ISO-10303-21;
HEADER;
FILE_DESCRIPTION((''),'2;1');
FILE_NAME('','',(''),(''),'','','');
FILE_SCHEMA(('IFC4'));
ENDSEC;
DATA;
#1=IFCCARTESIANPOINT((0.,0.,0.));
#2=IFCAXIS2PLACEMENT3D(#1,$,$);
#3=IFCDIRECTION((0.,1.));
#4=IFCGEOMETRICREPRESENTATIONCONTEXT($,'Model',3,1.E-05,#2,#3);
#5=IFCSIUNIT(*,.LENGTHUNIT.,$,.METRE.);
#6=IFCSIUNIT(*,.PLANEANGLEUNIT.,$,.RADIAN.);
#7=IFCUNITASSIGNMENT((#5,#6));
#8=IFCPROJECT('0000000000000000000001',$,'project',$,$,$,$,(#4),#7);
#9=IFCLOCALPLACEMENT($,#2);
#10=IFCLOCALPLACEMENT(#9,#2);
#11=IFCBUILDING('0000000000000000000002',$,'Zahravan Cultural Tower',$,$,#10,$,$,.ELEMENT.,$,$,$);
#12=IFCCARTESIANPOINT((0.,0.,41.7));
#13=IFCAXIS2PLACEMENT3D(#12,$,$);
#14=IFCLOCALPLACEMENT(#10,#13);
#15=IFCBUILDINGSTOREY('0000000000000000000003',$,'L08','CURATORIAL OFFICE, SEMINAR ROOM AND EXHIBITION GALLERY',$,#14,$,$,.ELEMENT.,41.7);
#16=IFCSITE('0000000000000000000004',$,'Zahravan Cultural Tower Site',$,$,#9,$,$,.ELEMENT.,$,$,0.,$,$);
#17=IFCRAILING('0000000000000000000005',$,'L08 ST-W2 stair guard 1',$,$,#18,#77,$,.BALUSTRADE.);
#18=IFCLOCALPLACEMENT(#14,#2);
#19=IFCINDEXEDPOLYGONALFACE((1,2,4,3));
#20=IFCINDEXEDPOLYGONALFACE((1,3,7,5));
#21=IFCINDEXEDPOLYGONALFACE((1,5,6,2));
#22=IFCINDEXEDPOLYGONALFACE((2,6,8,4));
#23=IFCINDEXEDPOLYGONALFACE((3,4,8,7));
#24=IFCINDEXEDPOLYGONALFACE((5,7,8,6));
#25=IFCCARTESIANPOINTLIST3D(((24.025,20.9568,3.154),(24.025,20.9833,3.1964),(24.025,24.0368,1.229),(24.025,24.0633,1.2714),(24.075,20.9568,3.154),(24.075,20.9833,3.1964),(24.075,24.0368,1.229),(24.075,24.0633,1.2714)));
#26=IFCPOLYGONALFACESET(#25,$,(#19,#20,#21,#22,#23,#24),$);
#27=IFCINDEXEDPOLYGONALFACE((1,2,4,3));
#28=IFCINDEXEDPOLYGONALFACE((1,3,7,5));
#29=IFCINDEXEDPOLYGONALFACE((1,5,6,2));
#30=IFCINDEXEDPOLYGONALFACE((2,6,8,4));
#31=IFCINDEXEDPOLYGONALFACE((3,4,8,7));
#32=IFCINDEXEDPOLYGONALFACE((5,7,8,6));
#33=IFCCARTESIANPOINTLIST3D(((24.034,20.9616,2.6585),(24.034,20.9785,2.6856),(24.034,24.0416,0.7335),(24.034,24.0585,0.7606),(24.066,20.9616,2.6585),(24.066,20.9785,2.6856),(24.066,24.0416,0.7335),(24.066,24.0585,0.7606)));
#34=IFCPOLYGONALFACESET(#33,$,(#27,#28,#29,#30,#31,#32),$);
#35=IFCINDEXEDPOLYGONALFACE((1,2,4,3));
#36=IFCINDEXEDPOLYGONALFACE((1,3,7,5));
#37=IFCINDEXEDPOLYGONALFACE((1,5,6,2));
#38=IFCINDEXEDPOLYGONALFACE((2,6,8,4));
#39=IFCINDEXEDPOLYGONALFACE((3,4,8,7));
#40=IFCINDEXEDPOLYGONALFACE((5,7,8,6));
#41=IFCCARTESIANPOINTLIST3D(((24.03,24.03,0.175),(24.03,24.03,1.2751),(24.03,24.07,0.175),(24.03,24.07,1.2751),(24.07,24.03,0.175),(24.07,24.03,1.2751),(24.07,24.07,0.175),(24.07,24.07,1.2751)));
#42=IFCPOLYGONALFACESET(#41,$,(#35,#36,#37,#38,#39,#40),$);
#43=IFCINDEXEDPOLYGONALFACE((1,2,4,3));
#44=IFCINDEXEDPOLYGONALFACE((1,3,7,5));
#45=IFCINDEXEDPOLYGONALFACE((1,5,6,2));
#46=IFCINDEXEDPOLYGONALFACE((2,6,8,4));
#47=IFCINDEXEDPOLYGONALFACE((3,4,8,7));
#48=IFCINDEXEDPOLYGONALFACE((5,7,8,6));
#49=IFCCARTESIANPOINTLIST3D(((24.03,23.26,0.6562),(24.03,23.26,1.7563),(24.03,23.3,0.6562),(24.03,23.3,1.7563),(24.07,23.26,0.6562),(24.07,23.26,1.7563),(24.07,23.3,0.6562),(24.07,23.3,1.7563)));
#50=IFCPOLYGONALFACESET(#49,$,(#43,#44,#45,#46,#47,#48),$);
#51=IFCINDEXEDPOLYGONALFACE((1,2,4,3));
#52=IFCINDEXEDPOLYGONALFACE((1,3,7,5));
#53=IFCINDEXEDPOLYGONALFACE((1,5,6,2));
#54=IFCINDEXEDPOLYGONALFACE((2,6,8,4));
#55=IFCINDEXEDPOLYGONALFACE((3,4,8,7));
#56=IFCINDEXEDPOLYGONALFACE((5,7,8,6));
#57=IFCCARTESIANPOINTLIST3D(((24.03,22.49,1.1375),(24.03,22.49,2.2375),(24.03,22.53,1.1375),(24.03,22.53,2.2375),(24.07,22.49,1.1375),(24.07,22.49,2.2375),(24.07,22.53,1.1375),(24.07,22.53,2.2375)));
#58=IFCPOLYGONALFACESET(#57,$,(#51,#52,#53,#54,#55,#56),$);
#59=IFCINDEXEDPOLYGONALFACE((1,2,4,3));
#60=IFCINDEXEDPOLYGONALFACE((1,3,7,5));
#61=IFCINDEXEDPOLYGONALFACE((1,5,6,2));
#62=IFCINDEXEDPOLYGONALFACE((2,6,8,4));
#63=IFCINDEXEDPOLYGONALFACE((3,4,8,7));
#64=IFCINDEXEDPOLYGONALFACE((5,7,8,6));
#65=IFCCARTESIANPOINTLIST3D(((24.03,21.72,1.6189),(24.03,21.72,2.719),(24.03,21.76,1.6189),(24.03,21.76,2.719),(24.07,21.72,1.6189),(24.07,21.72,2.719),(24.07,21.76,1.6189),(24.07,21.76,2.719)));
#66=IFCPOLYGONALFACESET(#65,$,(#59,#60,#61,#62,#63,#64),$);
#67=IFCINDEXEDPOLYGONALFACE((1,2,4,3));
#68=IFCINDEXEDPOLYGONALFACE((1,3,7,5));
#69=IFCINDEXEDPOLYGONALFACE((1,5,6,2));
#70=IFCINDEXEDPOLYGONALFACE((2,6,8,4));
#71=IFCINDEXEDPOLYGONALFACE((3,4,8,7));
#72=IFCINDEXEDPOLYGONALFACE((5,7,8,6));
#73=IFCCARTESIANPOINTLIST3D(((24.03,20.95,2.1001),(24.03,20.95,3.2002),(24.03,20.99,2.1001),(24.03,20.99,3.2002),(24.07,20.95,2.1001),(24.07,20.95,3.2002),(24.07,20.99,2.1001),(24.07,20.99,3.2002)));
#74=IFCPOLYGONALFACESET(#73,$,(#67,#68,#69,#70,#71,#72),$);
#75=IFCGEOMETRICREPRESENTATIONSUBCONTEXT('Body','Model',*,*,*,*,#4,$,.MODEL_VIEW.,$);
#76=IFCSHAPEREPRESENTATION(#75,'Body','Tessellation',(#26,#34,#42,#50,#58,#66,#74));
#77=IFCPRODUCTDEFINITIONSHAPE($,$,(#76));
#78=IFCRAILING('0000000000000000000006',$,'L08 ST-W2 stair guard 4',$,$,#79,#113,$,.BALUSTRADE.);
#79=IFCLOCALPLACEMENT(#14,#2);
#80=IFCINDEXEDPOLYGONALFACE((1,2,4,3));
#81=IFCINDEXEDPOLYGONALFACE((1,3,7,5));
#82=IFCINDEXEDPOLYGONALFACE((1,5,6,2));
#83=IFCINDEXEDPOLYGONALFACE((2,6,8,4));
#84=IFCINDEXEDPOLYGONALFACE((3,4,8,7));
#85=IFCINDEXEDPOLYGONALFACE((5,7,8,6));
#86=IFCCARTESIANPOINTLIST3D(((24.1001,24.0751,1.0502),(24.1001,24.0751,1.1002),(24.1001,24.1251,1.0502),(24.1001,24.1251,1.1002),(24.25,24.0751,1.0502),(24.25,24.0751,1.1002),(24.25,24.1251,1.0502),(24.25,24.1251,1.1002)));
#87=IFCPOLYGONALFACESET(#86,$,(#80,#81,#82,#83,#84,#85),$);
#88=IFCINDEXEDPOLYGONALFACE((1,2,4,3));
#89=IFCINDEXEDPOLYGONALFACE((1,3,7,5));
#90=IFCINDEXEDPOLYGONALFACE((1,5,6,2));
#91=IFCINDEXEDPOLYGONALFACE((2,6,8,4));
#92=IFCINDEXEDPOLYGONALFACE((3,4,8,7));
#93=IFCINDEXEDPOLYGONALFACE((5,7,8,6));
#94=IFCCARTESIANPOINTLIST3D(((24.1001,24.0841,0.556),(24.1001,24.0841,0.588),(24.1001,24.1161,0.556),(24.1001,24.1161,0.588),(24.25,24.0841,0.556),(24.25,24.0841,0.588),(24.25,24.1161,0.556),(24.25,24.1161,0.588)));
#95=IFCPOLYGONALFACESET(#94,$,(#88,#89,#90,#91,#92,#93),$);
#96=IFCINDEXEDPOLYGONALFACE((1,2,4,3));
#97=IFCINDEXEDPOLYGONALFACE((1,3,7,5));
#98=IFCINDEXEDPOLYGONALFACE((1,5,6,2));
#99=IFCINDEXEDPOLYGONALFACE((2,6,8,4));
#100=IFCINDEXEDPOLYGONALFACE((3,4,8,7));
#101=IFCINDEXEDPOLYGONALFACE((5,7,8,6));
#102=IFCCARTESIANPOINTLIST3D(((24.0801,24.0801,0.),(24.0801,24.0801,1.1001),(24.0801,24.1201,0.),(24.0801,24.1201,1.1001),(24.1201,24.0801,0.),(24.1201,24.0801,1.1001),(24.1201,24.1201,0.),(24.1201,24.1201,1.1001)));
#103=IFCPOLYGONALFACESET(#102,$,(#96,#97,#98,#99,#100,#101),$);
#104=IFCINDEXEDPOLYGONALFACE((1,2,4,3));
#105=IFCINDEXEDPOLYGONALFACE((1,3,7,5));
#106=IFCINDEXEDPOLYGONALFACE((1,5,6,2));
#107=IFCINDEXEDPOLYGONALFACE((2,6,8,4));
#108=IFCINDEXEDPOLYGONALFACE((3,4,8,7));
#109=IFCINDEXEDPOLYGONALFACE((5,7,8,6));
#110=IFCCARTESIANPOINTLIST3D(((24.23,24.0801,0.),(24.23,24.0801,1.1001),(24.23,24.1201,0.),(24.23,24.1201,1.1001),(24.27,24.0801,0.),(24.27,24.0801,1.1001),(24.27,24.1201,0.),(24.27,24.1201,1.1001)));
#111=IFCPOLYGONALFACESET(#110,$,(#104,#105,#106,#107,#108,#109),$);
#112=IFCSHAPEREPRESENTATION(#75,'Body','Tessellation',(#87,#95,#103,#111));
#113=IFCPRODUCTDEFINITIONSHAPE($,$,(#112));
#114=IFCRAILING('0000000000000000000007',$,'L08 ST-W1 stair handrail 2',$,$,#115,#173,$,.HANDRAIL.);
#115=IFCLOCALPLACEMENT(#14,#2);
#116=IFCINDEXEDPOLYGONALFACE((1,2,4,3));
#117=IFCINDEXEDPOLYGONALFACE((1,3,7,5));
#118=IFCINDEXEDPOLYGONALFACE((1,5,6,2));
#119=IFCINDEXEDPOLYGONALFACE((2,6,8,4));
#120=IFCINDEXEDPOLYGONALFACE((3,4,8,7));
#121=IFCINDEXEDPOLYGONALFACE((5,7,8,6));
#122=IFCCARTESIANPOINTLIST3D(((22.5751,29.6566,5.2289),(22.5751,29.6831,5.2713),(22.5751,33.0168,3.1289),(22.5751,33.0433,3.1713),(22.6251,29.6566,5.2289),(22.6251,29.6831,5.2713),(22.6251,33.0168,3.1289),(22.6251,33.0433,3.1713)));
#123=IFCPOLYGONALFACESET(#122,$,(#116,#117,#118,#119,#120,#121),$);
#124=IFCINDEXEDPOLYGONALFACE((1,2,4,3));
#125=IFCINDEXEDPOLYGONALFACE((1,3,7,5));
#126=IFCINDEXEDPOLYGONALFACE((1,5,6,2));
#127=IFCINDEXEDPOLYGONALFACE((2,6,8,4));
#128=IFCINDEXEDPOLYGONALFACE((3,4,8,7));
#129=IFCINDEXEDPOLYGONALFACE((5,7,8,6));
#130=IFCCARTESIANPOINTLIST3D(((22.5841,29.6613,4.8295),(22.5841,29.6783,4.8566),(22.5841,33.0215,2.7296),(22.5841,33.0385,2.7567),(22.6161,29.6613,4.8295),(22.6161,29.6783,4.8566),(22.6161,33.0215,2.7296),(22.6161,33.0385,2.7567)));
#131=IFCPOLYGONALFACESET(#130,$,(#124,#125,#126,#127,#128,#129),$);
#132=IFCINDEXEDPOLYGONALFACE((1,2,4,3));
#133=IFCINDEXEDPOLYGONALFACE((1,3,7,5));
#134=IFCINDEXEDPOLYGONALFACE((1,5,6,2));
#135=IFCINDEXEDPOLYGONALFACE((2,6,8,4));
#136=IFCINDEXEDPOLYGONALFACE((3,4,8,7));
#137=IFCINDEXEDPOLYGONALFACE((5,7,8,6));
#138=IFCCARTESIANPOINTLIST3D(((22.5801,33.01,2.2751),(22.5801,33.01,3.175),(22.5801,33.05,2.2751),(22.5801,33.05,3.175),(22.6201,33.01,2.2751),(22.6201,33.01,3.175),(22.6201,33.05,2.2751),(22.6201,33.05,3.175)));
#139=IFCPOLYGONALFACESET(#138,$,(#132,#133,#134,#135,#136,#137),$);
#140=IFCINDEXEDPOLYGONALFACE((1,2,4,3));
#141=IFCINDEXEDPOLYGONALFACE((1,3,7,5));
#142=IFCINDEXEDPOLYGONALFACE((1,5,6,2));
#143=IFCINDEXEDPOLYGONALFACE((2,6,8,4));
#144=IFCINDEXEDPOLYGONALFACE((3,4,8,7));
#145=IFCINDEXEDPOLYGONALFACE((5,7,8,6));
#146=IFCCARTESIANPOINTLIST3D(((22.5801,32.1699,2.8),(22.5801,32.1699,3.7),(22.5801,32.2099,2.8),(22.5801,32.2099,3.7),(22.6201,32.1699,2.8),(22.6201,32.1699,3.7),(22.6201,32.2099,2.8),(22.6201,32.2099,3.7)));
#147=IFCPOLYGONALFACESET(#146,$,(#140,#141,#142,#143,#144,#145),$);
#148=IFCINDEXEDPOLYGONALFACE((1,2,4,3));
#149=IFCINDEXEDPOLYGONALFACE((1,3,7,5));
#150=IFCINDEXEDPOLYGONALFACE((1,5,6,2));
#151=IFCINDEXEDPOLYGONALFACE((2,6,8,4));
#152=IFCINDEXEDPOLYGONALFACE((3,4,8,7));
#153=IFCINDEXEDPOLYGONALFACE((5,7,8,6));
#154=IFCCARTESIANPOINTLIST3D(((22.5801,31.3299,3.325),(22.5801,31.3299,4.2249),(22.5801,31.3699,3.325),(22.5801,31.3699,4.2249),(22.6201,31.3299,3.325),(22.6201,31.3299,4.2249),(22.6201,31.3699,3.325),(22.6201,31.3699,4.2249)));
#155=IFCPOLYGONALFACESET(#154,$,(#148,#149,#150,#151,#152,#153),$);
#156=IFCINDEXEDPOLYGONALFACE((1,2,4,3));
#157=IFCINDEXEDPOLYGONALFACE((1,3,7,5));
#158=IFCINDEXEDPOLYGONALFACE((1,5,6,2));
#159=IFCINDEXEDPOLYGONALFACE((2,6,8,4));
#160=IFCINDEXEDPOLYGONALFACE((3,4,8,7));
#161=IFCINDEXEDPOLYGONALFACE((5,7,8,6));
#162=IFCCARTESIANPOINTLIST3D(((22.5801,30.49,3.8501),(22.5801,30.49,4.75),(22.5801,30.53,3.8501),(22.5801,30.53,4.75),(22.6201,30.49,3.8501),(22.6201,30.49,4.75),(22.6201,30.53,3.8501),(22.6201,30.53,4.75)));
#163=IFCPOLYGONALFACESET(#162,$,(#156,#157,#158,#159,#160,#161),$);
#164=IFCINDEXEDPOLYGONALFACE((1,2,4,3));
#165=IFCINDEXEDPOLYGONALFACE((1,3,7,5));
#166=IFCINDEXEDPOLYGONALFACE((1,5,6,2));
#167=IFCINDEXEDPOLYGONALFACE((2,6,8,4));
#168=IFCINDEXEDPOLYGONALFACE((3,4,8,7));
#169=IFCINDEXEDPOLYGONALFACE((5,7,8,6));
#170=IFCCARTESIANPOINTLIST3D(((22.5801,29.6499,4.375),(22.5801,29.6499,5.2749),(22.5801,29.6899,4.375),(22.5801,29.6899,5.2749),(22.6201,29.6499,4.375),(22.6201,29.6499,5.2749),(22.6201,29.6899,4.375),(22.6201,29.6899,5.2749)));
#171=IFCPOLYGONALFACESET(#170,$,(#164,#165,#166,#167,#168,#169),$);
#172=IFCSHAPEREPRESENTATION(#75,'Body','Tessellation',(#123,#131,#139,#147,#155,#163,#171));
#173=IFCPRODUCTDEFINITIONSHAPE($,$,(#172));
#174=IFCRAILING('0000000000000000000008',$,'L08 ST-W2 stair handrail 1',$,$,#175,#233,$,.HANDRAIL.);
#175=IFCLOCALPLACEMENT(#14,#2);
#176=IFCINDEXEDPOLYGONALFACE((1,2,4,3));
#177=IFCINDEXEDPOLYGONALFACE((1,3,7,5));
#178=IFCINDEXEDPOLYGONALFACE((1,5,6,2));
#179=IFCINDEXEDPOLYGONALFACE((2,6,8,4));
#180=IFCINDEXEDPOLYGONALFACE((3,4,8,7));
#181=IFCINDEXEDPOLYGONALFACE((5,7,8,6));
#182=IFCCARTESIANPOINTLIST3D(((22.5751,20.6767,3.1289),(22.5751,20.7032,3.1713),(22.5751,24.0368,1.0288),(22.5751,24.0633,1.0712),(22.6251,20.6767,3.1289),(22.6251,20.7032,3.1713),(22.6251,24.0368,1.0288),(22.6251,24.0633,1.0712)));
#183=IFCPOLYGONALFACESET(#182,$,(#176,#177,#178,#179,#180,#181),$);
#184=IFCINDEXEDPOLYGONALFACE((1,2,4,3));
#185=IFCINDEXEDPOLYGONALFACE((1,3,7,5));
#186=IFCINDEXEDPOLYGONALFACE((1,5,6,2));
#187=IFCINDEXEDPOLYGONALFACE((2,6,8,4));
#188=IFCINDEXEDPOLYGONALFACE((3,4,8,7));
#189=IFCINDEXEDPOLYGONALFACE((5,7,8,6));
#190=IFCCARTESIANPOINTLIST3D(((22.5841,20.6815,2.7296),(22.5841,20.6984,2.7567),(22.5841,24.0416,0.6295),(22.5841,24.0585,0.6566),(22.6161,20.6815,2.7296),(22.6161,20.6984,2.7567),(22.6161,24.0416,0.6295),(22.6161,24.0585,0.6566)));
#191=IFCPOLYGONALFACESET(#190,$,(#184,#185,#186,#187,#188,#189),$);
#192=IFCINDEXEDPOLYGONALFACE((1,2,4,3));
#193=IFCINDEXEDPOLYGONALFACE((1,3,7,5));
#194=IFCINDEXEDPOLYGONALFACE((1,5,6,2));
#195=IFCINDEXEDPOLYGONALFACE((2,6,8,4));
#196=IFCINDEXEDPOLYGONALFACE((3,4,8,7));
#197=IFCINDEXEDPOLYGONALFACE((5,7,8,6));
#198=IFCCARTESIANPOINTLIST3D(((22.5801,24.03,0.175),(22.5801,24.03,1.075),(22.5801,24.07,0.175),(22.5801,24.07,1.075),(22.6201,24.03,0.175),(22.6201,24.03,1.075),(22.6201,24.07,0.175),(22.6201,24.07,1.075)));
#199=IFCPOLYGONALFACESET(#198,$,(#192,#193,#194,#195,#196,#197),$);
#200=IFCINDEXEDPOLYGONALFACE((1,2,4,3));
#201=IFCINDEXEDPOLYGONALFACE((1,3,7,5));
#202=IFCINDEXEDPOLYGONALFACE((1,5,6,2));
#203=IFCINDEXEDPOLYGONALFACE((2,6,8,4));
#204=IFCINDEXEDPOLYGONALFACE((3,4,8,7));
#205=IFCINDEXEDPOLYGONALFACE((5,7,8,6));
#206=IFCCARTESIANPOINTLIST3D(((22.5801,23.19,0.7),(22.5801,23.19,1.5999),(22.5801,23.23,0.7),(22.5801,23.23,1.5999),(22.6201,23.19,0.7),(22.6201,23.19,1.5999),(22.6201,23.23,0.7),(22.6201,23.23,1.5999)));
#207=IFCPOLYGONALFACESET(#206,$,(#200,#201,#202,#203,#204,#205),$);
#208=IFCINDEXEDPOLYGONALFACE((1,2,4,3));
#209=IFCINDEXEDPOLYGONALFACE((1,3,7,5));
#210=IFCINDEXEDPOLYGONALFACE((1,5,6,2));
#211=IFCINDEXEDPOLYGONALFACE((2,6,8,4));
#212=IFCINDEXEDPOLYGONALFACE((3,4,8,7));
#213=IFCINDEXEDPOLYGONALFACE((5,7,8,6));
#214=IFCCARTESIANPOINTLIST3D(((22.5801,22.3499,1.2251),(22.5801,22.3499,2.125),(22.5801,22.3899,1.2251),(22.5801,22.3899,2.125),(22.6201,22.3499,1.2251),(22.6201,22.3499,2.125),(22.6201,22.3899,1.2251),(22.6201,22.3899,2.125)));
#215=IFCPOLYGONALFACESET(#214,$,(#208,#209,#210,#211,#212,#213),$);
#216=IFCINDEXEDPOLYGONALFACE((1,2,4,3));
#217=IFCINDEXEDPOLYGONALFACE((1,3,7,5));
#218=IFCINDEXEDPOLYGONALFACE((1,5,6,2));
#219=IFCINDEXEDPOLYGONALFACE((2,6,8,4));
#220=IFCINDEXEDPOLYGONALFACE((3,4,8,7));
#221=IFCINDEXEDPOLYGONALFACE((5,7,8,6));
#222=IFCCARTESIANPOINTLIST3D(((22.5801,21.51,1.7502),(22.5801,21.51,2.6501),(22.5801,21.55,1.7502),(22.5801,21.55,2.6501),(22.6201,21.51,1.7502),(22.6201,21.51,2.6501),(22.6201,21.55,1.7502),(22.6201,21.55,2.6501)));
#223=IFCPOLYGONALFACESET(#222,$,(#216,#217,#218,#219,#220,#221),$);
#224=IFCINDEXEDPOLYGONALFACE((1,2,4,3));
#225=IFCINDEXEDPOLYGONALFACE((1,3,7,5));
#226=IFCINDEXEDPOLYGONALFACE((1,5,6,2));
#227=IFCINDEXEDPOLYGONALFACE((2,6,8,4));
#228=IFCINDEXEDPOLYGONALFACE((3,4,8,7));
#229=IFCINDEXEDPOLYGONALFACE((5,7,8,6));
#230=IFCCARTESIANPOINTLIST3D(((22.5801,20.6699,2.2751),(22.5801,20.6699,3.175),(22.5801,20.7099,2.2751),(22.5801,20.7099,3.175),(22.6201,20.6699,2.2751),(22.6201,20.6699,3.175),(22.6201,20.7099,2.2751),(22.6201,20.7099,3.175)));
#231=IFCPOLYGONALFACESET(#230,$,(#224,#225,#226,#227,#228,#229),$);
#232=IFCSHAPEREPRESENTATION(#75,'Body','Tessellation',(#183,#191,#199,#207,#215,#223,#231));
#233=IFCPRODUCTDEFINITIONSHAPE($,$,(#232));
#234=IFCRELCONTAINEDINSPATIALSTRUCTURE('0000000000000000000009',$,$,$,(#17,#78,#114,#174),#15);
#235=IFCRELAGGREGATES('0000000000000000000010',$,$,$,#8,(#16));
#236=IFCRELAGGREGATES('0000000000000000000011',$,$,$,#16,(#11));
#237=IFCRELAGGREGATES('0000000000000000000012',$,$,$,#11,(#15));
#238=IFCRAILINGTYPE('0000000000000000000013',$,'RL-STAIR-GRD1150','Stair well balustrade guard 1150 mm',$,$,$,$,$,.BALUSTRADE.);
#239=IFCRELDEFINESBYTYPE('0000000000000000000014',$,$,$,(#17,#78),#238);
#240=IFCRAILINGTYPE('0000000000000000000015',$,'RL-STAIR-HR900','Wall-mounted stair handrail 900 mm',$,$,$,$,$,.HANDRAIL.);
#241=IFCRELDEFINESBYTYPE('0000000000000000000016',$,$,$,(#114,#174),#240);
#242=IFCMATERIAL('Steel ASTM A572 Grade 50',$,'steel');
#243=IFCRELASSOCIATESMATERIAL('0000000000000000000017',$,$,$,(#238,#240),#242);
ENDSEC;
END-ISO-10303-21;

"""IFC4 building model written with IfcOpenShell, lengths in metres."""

from ifc_helpers import new_model, si_unit, direction, frame, origin, origin_2d, place, context, subcontext, project, spatial, rectangle, extrude, material, type_object, element, save


model = new_model("IFC4")

# Units and contexts
model_context = context("Model", 3, precision=1e-05, world=origin(), true_north=direction((0.0, 1.0)))
body_context = subcontext(model_context, "Body", "Model", "MODEL_VIEW")
ifc_project = project(units=[si_unit("LENGTHUNIT", "METRE"), si_unit("PLANEANGLEUNIT", "RADIAN")], contexts=[model_context])

# Site, building, storey
site_placement = place(None, origin())
site = spatial("IfcSite", under=ifc_project, at=site_placement, Name="Zahravan Cultural Tower Site", CompositionType="ELEMENT", RefElevation=0.0)
building_placement = place(site_placement, origin())
building = spatial("IfcBuilding", under=site, at=building_placement, Name="Zahravan Cultural Tower", CompositionType="ELEMENT")
storey_placement = place(building_placement, frame((0.0, 0.0, 41.7)))
storey = spatial("IfcBuildingStorey", under=building, at=storey_placement, Name="L08", Description="CURATORIAL OFFICE, SEMINAR ROOM AND EXHIBITION GALLERY", CompositionType="ELEMENT", Elevation=41.7)

# Shared definitions
ifc_material_1 = material(Name="Steel ASTM A572 Grade 50", Category="steel")

# Railings
railing_type_1 = type_object("IfcRailingType", Name="RL-STAIR-GRD1150", Description="Stair well balustrade guard 1150 mm", PredefinedType="BALUSTRADE", material=ifc_material_1)
railing_1_placement = place(storey_placement, frame((24.05, 24.05, 0.175)))
element("IfcRailing", 1, at=railing_1_placement, inside=storey, type_object=railing_type_1, Name="L08 ST-W2 stair guard 1", PredefinedType="BALUSTRADE", context=body_context, shape_type="SweptSolid", body=[
    extrude(rectangle(XDim=0.05, YDim=0.05, at=origin_2d()), frame((0.0, 0.0, 1.0752), z_axis=(0.0, -0.847998, 0.529999), x_axis=(1.0, 0.0, 0.0)), (0.0, 0.0, 1.0), 3.6321),
    extrude(rectangle(XDim=0.032, YDim=0.032, at=origin_2d()), frame((0.0, 0.0, 0.572), z_axis=(0.0, -0.847998, 0.529999), x_axis=(1.0, 0.0, 0.0)), (0.0, 0.0, 1.0), 3.6321),
    extrude(rectangle(XDim=0.04, YDim=0.04, at=origin_2d()), origin(), (0.0, 0.0, 1.0), 1.1001),
    extrude(rectangle(XDim=0.04, YDim=0.04, at=origin_2d()), frame((0.0, -0.77, 0.4812)), (0.0, 0.0, 1.0), 1.1001),
    extrude(rectangle(XDim=0.04, YDim=0.04, at=origin_2d()), frame((0.0, -1.54, 0.9624)), (0.0, 0.0, 1.0), 1.1001),
    extrude(rectangle(XDim=0.04, YDim=0.04, at=origin_2d()), frame((0.0, -2.3101, 1.4438)), (0.0, 0.0, 1.0), 1.1001),
    extrude(rectangle(XDim=0.04, YDim=0.04, at=origin_2d()), frame((0.0, -3.0801, 1.925)), (0.0, 0.0, 1.0), 1.1001),
])
railing_2_placement = place(storey_placement, frame((24.1001, 24.1001, 0.0)))
element("IfcRailing", 2, at=railing_2_placement, inside=storey, type_object=railing_type_1, Name="L08 ST-W2 stair guard 4", PredefinedType="BALUSTRADE", context=body_context, shape_type="SweptSolid", body=[
    extrude(rectangle(XDim=0.05, YDim=0.05, at=origin_2d()), frame((0.0, 0.0, 1.0752), z_axis=(1.0, 0.0, 0.0), x_axis=(0.0, 1.0, 0.0)), (0.0, 0.0, 1.0), 0.1499),
    extrude(rectangle(XDim=0.032, YDim=0.032, at=origin_2d()), frame((0.0, 0.0, 0.572), z_axis=(1.0, 0.0, 0.0), x_axis=(0.0, 1.0, 0.0)), (0.0, 0.0, 1.0), 0.1499),
    extrude(rectangle(XDim=0.04, YDim=0.04, at=origin_2d()), origin(), (0.0, 0.0, 1.0), 1.1001),
    extrude(rectangle(XDim=0.04, YDim=0.04, at=origin_2d()), frame((0.1499, 0.0, 0.0)), (0.0, 0.0, 1.0), 1.1001),
])
railing_type_2 = type_object("IfcRailingType", Name="RL-STAIR-HR900", Description="Wall-mounted stair handrail 900 mm", PredefinedType="HANDRAIL", material=ifc_material_1)
railing_3_placement = place(storey_placement, frame((22.6001, 33.03, 2.2751)))
element("IfcRailing", 3, at=railing_3_placement, inside=storey, type_object=railing_type_2, Name="L08 ST-W1 stair handrail 2", PredefinedType="HANDRAIL", context=body_context, shape_type="SweptSolid", body=[
    extrude(rectangle(XDim=0.05, YDim=0.05, at=origin_2d()), frame((0.0, 0.0, 0.875), z_axis=(0.0, -0.848023, 0.52996), x_axis=(1.0, 0.0, 0.0)), (0.0, 0.0, 1.0), 3.9624),
    extrude(rectangle(XDim=0.032, YDim=0.032, at=origin_2d()), frame((0.0, 0.0, 0.468), z_axis=(0.0, -0.848023, 0.52996), x_axis=(1.0, 0.0, 0.0)), (0.0, 0.0, 1.0), 3.9624),
    extrude(rectangle(XDim=0.04, YDim=0.04, at=origin_2d()), origin(), (0.0, 0.0, 1.0), 0.8999),
    extrude(rectangle(XDim=0.04, YDim=0.04, at=origin_2d()), frame((0.0, -0.8401, 0.5249)), (0.0, 0.0, 1.0), 0.8999),
    extrude(rectangle(XDim=0.04, YDim=0.04, at=origin_2d()), frame((0.0, -1.6802, 1.0498)), (0.0, 0.0, 1.0), 0.8999),
    extrude(rectangle(XDim=0.04, YDim=0.04, at=origin_2d()), frame((0.0, -2.52, 1.575)), (0.0, 0.0, 1.0), 0.8999),
    extrude(rectangle(XDim=0.04, YDim=0.04, at=origin_2d()), frame((0.0, -3.3601, 2.0999)), (0.0, 0.0, 1.0), 0.8999),
])
railing_4_placement = place(storey_placement, frame((22.6001, 24.05, 0.175)))
element("IfcRailing", 4, at=railing_4_placement, inside=storey, type_object=railing_type_2, Name="L08 ST-W2 stair handrail 1", PredefinedType="HANDRAIL", context=body_context, shape_type="SweptSolid", body=[
    extrude(rectangle(XDim=0.05, YDim=0.05, at=origin_2d()), frame((0.0, 0.0, 0.875), z_axis=(0.0, -0.847995, 0.530004), x_axis=(1.0, 0.0, 0.0)), (0.0, 0.0, 1.0), 3.9624),
    extrude(rectangle(XDim=0.032, YDim=0.032, at=origin_2d()), frame((0.0, 0.0, 0.468), z_axis=(0.0, -0.847995, 0.530004), x_axis=(1.0, 0.0, 0.0)), (0.0, 0.0, 1.0), 3.9624),
    extrude(rectangle(XDim=0.04, YDim=0.04, at=origin_2d()), origin(), (0.0, 0.0, 1.0), 0.8999),
    extrude(rectangle(XDim=0.04, YDim=0.04, at=origin_2d()), frame((0.0, -0.8401, 0.5249)), (0.0, 0.0, 1.0), 0.8999),
    extrude(rectangle(XDim=0.04, YDim=0.04, at=origin_2d()), frame((0.0, -1.6802, 1.05)), (0.0, 0.0, 1.0), 0.8999),
    extrude(rectangle(XDim=0.04, YDim=0.04, at=origin_2d()), frame((0.0, -2.52, 1.5752)), (0.0, 0.0, 1.0), 0.8999),
    extrude(rectangle(XDim=0.04, YDim=0.04, at=origin_2d()), frame((0.0, -3.3601, 2.1001)), (0.0, 0.0, 1.0), 0.8999),
])

save(model, "model.ifc")
